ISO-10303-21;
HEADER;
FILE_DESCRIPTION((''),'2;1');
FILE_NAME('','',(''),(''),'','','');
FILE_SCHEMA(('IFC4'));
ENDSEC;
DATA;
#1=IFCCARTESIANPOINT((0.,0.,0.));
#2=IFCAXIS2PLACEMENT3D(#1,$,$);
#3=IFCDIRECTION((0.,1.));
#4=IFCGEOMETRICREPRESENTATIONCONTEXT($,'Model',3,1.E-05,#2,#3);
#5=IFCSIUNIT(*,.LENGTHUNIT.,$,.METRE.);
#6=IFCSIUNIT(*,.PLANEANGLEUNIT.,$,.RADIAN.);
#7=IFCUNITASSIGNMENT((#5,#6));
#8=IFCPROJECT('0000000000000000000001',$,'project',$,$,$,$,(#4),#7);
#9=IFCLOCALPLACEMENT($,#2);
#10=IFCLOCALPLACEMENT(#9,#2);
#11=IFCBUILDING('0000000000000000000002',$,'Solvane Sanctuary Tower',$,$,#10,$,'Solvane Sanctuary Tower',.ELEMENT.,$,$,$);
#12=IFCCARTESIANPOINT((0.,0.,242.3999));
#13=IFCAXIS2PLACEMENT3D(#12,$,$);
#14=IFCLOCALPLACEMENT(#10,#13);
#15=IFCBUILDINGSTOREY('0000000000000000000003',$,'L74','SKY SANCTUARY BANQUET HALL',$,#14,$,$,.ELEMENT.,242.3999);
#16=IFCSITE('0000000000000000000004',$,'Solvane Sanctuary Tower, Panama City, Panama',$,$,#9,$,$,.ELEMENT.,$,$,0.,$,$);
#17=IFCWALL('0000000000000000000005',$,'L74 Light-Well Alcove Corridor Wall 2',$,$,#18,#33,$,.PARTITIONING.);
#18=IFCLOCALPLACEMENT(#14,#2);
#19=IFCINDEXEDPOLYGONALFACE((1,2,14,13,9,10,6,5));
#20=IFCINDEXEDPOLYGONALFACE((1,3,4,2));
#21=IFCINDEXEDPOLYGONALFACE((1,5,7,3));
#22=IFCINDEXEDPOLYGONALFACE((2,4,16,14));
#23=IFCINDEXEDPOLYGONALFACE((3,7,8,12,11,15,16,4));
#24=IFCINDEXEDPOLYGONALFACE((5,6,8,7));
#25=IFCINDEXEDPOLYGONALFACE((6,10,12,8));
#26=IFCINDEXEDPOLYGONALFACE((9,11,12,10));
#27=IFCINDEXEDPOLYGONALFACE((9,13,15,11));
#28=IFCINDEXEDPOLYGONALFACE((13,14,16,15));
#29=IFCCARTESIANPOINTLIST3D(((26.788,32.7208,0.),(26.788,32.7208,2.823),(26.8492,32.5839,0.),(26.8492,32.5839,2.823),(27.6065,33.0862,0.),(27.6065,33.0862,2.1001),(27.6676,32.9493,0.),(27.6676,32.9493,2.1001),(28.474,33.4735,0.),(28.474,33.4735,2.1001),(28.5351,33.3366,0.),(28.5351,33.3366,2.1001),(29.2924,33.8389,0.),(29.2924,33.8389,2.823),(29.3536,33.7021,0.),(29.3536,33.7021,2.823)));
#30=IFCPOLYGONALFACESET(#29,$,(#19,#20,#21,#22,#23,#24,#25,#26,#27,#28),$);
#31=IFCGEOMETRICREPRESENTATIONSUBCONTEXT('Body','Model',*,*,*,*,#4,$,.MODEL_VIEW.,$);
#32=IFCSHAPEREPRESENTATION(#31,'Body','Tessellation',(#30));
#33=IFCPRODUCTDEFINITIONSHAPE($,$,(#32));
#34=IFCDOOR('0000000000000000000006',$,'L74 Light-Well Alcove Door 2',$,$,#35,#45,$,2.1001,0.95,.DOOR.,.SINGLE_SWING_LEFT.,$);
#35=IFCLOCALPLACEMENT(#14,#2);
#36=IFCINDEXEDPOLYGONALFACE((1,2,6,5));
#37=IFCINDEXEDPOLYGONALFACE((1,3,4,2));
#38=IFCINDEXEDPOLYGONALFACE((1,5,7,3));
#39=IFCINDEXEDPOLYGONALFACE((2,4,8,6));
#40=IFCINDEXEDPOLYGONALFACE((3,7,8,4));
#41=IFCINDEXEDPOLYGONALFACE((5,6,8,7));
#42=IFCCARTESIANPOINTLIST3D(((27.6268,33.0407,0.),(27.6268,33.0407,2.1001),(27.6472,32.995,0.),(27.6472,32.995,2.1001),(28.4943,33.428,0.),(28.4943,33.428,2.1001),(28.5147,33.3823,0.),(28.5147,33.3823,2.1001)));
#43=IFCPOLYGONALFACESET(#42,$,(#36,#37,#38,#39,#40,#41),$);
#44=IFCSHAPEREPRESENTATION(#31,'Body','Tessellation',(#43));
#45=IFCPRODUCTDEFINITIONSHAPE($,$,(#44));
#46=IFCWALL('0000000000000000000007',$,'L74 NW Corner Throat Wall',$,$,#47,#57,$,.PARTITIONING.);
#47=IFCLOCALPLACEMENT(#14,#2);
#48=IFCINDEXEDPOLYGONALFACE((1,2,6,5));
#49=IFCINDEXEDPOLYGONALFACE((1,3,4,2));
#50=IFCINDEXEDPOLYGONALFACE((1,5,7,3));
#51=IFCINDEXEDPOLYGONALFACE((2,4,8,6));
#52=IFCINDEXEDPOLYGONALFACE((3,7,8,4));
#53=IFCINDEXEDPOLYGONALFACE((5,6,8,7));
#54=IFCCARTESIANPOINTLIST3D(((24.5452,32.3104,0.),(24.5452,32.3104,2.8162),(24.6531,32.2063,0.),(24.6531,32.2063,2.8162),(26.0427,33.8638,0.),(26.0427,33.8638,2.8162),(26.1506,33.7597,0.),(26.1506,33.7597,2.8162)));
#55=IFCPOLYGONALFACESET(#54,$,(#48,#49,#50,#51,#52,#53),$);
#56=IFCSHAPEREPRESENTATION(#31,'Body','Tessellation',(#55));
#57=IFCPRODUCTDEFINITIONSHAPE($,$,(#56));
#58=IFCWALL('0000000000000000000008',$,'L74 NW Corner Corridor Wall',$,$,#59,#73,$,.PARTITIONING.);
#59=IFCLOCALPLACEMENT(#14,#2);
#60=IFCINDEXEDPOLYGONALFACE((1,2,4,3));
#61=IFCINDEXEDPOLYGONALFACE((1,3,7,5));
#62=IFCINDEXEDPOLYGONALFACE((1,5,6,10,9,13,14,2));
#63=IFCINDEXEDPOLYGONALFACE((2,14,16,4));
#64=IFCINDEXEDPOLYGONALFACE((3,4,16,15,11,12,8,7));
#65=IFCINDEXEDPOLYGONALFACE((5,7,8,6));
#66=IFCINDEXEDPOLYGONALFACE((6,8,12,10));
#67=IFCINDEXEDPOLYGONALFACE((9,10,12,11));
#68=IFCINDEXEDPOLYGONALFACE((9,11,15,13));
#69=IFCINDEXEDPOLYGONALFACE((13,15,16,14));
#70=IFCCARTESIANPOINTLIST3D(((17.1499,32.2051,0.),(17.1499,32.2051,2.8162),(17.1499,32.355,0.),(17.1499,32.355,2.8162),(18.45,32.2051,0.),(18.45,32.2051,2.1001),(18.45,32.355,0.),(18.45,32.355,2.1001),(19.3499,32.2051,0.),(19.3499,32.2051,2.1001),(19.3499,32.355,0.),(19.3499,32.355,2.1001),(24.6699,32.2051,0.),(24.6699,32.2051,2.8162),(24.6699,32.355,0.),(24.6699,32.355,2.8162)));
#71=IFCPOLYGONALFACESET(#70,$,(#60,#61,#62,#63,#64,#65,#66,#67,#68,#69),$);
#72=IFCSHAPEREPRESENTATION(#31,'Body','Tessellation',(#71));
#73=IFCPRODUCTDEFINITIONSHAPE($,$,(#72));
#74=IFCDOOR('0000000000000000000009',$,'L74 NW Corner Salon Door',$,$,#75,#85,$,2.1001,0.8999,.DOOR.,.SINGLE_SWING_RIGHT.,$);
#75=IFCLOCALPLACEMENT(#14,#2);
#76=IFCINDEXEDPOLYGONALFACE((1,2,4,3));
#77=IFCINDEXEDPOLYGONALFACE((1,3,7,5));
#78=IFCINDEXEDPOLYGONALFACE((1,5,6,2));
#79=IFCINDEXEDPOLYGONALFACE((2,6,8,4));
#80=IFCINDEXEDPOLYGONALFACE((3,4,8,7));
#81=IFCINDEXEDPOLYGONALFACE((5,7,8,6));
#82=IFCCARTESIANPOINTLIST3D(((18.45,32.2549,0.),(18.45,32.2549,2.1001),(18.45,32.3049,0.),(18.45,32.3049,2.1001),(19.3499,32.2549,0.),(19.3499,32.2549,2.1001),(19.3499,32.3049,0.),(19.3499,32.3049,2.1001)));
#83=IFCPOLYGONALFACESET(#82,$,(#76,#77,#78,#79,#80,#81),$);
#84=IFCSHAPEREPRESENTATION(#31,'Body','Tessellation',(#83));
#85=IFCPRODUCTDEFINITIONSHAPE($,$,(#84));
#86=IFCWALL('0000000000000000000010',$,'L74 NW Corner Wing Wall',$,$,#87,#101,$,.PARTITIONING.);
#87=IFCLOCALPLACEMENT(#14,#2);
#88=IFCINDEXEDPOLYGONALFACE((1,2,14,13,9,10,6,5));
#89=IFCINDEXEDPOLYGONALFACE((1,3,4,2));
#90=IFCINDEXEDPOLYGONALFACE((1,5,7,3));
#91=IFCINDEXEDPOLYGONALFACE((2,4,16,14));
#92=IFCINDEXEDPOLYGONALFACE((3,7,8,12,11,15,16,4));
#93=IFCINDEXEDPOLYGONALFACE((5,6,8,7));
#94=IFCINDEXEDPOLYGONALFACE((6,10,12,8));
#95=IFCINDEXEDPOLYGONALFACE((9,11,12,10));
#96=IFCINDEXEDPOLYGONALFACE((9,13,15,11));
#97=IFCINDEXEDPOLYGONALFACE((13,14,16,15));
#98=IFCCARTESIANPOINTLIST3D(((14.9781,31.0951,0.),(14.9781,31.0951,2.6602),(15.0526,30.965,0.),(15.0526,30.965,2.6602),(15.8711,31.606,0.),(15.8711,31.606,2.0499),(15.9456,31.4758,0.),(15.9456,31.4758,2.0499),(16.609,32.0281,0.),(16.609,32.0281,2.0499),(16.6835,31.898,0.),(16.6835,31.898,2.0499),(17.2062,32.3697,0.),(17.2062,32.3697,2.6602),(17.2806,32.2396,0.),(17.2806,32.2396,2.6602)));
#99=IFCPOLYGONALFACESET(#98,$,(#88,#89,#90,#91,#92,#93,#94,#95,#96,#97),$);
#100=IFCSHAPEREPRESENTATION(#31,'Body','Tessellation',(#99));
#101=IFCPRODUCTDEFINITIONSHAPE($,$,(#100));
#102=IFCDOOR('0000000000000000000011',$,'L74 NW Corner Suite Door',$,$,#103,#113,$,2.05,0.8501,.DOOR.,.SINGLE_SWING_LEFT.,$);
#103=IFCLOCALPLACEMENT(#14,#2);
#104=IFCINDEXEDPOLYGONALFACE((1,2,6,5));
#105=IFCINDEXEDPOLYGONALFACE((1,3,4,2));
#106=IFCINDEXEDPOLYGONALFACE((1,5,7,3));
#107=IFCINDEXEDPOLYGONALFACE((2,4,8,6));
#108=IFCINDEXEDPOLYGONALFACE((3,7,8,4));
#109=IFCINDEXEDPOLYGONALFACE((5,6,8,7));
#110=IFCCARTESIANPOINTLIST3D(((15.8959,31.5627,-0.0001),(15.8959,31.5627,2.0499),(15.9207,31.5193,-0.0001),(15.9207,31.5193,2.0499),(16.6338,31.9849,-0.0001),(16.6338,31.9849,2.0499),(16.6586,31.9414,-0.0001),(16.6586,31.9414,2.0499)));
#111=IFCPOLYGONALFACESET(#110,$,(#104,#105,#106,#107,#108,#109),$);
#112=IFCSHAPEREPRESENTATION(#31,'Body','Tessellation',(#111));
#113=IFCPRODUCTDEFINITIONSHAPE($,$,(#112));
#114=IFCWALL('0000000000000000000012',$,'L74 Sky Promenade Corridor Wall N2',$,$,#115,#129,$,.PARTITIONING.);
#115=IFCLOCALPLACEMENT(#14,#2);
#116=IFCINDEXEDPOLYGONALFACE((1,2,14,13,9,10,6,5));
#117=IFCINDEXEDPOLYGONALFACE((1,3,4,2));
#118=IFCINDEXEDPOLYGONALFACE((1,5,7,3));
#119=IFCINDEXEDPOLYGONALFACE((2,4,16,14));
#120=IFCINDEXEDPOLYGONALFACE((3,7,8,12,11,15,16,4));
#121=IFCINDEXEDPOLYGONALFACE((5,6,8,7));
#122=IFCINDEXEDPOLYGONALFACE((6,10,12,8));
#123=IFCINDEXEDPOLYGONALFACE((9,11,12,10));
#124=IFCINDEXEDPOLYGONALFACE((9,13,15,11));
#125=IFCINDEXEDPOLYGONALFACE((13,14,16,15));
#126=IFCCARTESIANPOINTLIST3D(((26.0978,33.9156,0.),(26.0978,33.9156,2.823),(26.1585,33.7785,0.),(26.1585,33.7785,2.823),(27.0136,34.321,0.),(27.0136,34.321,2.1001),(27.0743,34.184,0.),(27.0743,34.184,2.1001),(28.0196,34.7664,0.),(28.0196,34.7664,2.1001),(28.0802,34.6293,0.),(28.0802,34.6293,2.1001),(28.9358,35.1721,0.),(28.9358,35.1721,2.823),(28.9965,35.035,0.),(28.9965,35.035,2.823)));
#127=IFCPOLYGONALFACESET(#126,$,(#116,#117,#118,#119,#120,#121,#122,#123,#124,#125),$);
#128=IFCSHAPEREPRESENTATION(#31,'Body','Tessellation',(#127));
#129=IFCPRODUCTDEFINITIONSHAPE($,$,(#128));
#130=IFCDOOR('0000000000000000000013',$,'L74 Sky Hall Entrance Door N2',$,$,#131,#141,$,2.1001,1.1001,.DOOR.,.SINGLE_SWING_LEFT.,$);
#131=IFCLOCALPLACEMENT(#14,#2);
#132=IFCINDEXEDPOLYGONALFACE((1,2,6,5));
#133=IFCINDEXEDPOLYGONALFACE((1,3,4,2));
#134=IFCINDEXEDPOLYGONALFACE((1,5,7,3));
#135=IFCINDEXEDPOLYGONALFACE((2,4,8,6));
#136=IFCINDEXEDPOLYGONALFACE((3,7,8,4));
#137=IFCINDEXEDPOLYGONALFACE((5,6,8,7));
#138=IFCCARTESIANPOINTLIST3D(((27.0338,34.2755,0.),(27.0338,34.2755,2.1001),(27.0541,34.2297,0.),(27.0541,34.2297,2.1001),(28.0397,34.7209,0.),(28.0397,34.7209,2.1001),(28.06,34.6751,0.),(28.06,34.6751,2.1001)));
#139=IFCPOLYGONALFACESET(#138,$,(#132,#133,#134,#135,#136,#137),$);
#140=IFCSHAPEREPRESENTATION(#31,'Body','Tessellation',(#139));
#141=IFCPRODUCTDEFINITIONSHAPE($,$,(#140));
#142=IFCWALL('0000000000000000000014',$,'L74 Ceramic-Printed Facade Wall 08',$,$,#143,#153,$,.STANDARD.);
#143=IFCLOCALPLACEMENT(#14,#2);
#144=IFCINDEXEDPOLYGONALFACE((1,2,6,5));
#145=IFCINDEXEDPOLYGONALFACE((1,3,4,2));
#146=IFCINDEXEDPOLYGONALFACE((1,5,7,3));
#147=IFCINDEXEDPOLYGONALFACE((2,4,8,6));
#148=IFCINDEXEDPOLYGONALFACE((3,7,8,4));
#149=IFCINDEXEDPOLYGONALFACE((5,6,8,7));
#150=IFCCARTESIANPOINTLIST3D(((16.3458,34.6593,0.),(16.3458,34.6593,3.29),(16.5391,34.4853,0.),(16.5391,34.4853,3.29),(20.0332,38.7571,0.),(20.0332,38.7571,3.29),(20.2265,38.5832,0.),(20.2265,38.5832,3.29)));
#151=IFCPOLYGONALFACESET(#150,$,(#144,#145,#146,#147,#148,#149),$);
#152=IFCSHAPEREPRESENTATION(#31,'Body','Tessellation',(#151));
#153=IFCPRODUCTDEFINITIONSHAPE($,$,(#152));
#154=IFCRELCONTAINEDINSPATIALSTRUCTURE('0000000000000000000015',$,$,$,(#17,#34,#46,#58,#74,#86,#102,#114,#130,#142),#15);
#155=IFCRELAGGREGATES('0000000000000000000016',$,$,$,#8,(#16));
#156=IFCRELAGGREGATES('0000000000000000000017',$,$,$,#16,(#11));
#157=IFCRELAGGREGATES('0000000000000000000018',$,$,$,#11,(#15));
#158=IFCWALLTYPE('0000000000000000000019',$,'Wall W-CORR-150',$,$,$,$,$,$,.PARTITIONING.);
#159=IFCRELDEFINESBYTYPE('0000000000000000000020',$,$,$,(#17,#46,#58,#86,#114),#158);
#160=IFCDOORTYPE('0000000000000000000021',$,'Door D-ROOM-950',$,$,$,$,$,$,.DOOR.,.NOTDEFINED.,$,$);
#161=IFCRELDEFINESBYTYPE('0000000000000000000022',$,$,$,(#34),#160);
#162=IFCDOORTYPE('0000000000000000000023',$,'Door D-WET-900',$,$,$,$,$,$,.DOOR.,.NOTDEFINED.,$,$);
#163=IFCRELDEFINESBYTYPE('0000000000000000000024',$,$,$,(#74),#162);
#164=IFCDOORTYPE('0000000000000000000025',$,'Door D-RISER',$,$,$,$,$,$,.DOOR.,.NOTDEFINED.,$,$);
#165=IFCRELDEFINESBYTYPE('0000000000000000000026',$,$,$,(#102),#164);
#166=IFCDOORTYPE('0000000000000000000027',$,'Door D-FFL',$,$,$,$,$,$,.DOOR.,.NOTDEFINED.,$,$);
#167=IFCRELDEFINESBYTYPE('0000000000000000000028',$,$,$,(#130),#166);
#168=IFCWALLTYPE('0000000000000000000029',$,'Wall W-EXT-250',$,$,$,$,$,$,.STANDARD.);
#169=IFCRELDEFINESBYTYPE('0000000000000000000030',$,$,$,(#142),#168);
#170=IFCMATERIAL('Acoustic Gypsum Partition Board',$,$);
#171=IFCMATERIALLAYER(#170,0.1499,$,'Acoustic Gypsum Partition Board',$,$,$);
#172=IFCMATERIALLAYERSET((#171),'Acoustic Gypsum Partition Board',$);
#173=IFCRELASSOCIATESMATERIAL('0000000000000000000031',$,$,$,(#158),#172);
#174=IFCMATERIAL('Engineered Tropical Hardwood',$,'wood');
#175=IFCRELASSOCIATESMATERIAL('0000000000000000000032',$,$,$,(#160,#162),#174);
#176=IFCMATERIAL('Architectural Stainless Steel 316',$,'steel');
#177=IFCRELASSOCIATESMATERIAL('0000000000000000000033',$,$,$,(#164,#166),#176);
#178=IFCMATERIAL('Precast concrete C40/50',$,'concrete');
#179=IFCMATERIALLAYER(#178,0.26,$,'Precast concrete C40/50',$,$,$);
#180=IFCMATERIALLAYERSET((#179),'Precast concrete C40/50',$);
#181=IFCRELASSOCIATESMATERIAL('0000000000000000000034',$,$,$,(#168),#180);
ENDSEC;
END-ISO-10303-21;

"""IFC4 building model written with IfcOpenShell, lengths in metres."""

from ifc_helpers import new_model, si_unit, direction, frame, frame_2d, origin, place, context, subcontext, project, spatial, rectangle, extrude, material, layer, layer_set, type_object, element, fill, save


model = new_model("IFC4")

# Units and contexts
model_context = context("Model", 3, precision=1e-05, world=origin(), true_north=direction((0.0, 1.0)))
body_context = subcontext(model_context, "Body", "Model", "MODEL_VIEW")
ifc_project = project(units=[si_unit("LENGTHUNIT", "METRE"), si_unit("PLANEANGLEUNIT", "RADIAN")], contexts=[model_context])

# Site, building, storey
site_placement = place(None, origin())
site = spatial("IfcSite", under=ifc_project, at=site_placement, Name="Solvane Sanctuary Tower, Panama City, Panama", CompositionType="ELEMENT", RefElevation=0.0)
building_placement = place(site_placement, origin())
building = spatial("IfcBuilding", under=site, at=building_placement, Name="Solvane Sanctuary Tower", LongName="Solvane Sanctuary Tower", CompositionType="ELEMENT")
storey_placement = place(building_placement, frame((0.0, 0.0, 242.3999)))
storey = spatial("IfcBuildingStorey", under=building, at=storey_placement, Name="L74", Description="SKY SANCTUARY BANQUET HALL", CompositionType="ELEMENT", Elevation=242.3999)

# Wall, opening, door
ifc_material_1 = material(Name="Acoustic Gypsum Partition Board")
ifc_layer_1 = layer(ifc_material_1, 0.1499, Name="Acoustic Gypsum Partition Board")
ifc_layer_set_1 = layer_set([ifc_layer_1], Name="Acoustic Gypsum Partition Board")
wall_type_1 = type_object("IfcWallType", Name="Wall W-CORR-150", PredefinedType="PARTITIONING", material=ifc_layer_set_1)
wall_1_placement = place(storey_placement, frame((29.323, 33.7705, 0.0), z_axis=(0.0, 0.0, 1.0), x_axis=(-0.91312, -0.407691, 0.0)))
wall_1 = element("IfcWall", 1, at=wall_1_placement, inside=storey, type_object=wall_type_1, Name="L74 Light-Well Alcove Corridor Wall 2", PredefinedType="PARTITIONING", context=body_context, shape_type="SweptSolid", body=[
    extrude(rectangle(XDim=2.7427, YDim=0.1499, at=frame_2d((1.3713, 0.0))), origin(), (0.0, 0.0, 1.0), 2.823),
])
opening_1_placement = place(wall_1_placement, frame((0.8962, 0.0, 0.0)))
opening_1 = element("IfcOpeningElement", 2, at=opening_1_placement, cuts=wall_1, PredefinedType="OPENING", context=body_context, shape_type="SweptSolid", body=[
    extrude(rectangle(XDim=0.95, YDim=2.1001, at=frame_2d((0.4751, 1.05))), frame((0.0, 0.085, 0.0), z_axis=(0.0, -1.0, 0.0), x_axis=(1.0, 0.0, 0.0)), (0.0, 0.0, 1.0), 0.1699),
])
ifc_material_2 = material(Name="Engineered Tropical Hardwood", Category="wood")
door_type_1 = type_object("IfcDoorType", Name="Door D-ROOM-950", OperationType="NOTDEFINED", PredefinedType="DOOR", material=ifc_material_2)
door_1_placement = place(opening_1_placement, origin())
door_1 = element("IfcDoor", 3, at=door_1_placement, inside=storey, type_object=door_type_1, Name="L74 Light-Well Alcove Door 2", OperationType="SINGLE_SWING_LEFT", OverallHeight=2.1001, OverallWidth=0.95, PredefinedType="DOOR", context=body_context, shape_type="SweptSolid", body=[
    extrude(rectangle(XDim=0.95, YDim=2.1001, at=frame_2d((0.4751, 1.05))), frame((0.0, 0.0249, 0.0), z_axis=(0.0, -1.0, 0.0), x_axis=(1.0, 0.0, 0.0)), (0.0, 0.0, 1.0), 0.05),
])
fill(opening_1, door_1)

# Wall
wall_2_placement = place(storey_placement, frame((26.0967, 33.8118, 0.0), z_axis=(0.0, 0.0, 1.0), x_axis=(-0.694033, -0.719943, 0.0)))
element("IfcWall", 4, at=wall_2_placement, inside=storey, type_object=wall_type_1, Name="L74 NW Corner Throat Wall", PredefinedType="PARTITIONING", context=body_context, shape_type="SweptSolid", body=[
    extrude(rectangle(XDim=2.1577, YDim=0.1499, at=frame_2d((1.0789, 0.0))), origin(), (0.0, 0.0, 1.0), 2.8162),
])

# Walls, openings, doors
wall_3_placement = place(storey_placement, frame((17.1499, 32.28, 0.0), z_axis=(0.0, 0.0, 1.0), x_axis=(1.0, 0.0, 0.0)))
wall_3 = element("IfcWall", 5, at=wall_3_placement, inside=storey, type_object=wall_type_1, Name="L74 NW Corner Corridor Wall", PredefinedType="PARTITIONING", context=body_context, shape_type="SweptSolid", body=[
    extrude(rectangle(XDim=7.52, YDim=0.1499, at=frame_2d((3.76, 0.0))), origin(), (0.0, 0.0, 1.0), 2.8162),
])
opening_2_placement = place(wall_3_placement, frame((1.3, 0.0, 0.0)))
opening_2 = element("IfcOpeningElement", 6, at=opening_2_placement, cuts=wall_3, PredefinedType="OPENING", context=body_context, shape_type="SweptSolid", body=[
    extrude(rectangle(XDim=0.8999, YDim=2.1001, at=frame_2d((0.45, 1.05))), frame((0.0, 0.085, 0.0), z_axis=(0.0, -1.0, 0.0), x_axis=(1.0, 0.0, 0.0)), (0.0, 0.0, 1.0), 0.1699),
])
door_type_2 = type_object("IfcDoorType", Name="Door D-WET-900", OperationType="NOTDEFINED", PredefinedType="DOOR", material=ifc_material_2)
door_2_placement = place(opening_2_placement, origin())
door_2 = element("IfcDoor", 7, at=door_2_placement, inside=storey, type_object=door_type_2, Name="L74 NW Corner Salon Door", OperationType="SINGLE_SWING_RIGHT", OverallHeight=2.1001, OverallWidth=0.8999, PredefinedType="DOOR", context=body_context, shape_type="SweptSolid", body=[
    extrude(rectangle(XDim=0.8999, YDim=2.1001, at=frame_2d((0.45, 1.05))), frame((0.0, 0.0249, 0.0), z_axis=(0.0, -1.0, 0.0), x_axis=(1.0, 0.0, 0.0)), (0.0, 0.0, 1.0), 0.05),
])
fill(opening_2, door_2)
wall_4_placement = place(storey_placement, frame((17.2434, 32.3047, 0.0), z_axis=(0.0, 0.0, 1.0), x_axis=(-0.867991, -0.496579, 0.0)))
wall_4 = element("IfcWall", 8, at=wall_4_placement, inside=storey, type_object=wall_type_1, Name="L74 NW Corner Wing Wall", PredefinedType="PARTITIONING", context=body_context, shape_type="SweptSolid", body=[
    extrude(rectangle(XDim=2.5669, YDim=0.1499, at=frame_2d((1.2834, 0.0))), origin(), (0.0, 0.0, 1.0), 2.6602),
])
opening_3_placement = place(wall_4_placement, frame((0.688, 0.0, 0.0)))
opening_3 = element("IfcOpeningElement", 9, at=opening_3_placement, cuts=wall_4, PredefinedType="OPENING", context=body_context, shape_type="SweptSolid", body=[
    extrude(rectangle(XDim=0.8501, YDim=2.05, at=frame_2d((0.425, 1.0249))), frame((0.0, 0.085, 0.0), z_axis=(0.0, -1.0, 0.0), x_axis=(1.0, 0.0, 0.0)), (0.0, 0.0, 1.0), 0.1699),
])
ifc_material_3 = material(Name="Architectural Stainless Steel 316", Category="steel")
door_type_3 = type_object("IfcDoorType", Name="Door D-RISER", OperationType="NOTDEFINED", PredefinedType="DOOR", material=ifc_material_3)
door_3_placement = place(opening_3_placement, origin())
door_3 = element("IfcDoor", 10, at=door_3_placement, inside=storey, type_object=door_type_3, Name="L74 NW Corner Suite Door", OperationType="SINGLE_SWING_LEFT", OverallHeight=2.05, OverallWidth=0.8501, PredefinedType="DOOR", context=body_context, shape_type="SweptSolid", body=[
    extrude(rectangle(XDim=0.8501, YDim=2.05, at=frame_2d((0.425, 1.0249))), frame((0.0, 0.0249, 0.0), z_axis=(0.0, -1.0, 0.0), x_axis=(1.0, 0.0, 0.0)), (0.0, 0.0, 1.0), 0.05),
])
fill(opening_3, door_3)
wall_5_placement = place(storey_placement, frame((28.9661, 35.1035, 0.0), z_axis=(0.0, 0.0, 1.0), x_axis=(-0.914385, -0.404846, 0.0)))
wall_5 = element("IfcWall", 11, at=wall_5_placement, inside=storey, type_object=wall_type_1, Name="L74 Sky Promenade Corridor Wall N2", PredefinedType="PARTITIONING", context=body_context, shape_type="SweptSolid", body=[
    extrude(rectangle(XDim=3.1038, YDim=0.1499, at=frame_2d((1.5518, 0.0))), origin(), (0.0, 0.0, 1.0), 2.823),
])
opening_4_placement = place(wall_5_placement, frame((1.002, 0.0, 0.0)))
opening_4 = element("IfcOpeningElement", 12, at=opening_4_placement, cuts=wall_5, PredefinedType="OPENING", context=body_context, shape_type="SweptSolid", body=[
    extrude(rectangle(XDim=1.1001, YDim=2.1001, at=frame_2d((0.55, 1.05))), frame((0.0, 0.085, 0.0), z_axis=(0.0, -1.0, 0.0), x_axis=(1.0, 0.0, 0.0)), (0.0, 0.0, 1.0), 0.1699),
])
door_type_4 = type_object("IfcDoorType", Name="Door D-FFL", OperationType="NOTDEFINED", PredefinedType="DOOR", material=ifc_material_3)
door_4_placement = place(opening_4_placement, origin())
door_4 = element("IfcDoor", 13, at=door_4_placement, inside=storey, type_object=door_type_4, Name="L74 Sky Hall Entrance Door N2", OperationType="SINGLE_SWING_LEFT", OverallHeight=2.1001, OverallWidth=1.1001, PredefinedType="DOOR", context=body_context, shape_type="SweptSolid", body=[
    extrude(rectangle(XDim=1.1001, YDim=2.1001, at=frame_2d((0.55, 1.05))), frame((0.0, 0.0249, 0.0), z_axis=(0.0, -1.0, 0.0), x_axis=(1.0, 0.0, 0.0)), (0.0, 0.0, 1.0), 0.05),
])
fill(opening_4, door_4)

# Wall
ifc_material_4 = material(Name="Precast concrete C40/50", Category="concrete")
ifc_layer_2 = layer(ifc_material_4, 0.26, Name="Precast concrete C40/50")
ifc_layer_set_2 = layer_set([ifc_layer_2], Name="Precast concrete C40/50")
wall_type_2 = type_object("IfcWallType", Name="Wall W-EXT-250", PredefinedType="STANDARD", material=ifc_layer_set_2)
wall_6_placement = place(storey_placement, frame((20.1299, 38.6702, 0.0), z_axis=(0.0, 0.0, 1.0), x_axis=(-0.668904, -0.743349, 0.0)))
element("IfcWall", 14, at=wall_6_placement, inside=storey, type_object=wall_type_2, Name="L74 Ceramic-Printed Facade Wall 08", PredefinedType="STANDARD", context=body_context, shape_type="SweptSolid", body=[
    extrude(rectangle(XDim=5.5127, YDim=0.26, at=frame_2d((2.7563, 0.0))), origin(), (0.0, 0.0, 1.0), 3.29),
])

save(model, "model.ifc")
